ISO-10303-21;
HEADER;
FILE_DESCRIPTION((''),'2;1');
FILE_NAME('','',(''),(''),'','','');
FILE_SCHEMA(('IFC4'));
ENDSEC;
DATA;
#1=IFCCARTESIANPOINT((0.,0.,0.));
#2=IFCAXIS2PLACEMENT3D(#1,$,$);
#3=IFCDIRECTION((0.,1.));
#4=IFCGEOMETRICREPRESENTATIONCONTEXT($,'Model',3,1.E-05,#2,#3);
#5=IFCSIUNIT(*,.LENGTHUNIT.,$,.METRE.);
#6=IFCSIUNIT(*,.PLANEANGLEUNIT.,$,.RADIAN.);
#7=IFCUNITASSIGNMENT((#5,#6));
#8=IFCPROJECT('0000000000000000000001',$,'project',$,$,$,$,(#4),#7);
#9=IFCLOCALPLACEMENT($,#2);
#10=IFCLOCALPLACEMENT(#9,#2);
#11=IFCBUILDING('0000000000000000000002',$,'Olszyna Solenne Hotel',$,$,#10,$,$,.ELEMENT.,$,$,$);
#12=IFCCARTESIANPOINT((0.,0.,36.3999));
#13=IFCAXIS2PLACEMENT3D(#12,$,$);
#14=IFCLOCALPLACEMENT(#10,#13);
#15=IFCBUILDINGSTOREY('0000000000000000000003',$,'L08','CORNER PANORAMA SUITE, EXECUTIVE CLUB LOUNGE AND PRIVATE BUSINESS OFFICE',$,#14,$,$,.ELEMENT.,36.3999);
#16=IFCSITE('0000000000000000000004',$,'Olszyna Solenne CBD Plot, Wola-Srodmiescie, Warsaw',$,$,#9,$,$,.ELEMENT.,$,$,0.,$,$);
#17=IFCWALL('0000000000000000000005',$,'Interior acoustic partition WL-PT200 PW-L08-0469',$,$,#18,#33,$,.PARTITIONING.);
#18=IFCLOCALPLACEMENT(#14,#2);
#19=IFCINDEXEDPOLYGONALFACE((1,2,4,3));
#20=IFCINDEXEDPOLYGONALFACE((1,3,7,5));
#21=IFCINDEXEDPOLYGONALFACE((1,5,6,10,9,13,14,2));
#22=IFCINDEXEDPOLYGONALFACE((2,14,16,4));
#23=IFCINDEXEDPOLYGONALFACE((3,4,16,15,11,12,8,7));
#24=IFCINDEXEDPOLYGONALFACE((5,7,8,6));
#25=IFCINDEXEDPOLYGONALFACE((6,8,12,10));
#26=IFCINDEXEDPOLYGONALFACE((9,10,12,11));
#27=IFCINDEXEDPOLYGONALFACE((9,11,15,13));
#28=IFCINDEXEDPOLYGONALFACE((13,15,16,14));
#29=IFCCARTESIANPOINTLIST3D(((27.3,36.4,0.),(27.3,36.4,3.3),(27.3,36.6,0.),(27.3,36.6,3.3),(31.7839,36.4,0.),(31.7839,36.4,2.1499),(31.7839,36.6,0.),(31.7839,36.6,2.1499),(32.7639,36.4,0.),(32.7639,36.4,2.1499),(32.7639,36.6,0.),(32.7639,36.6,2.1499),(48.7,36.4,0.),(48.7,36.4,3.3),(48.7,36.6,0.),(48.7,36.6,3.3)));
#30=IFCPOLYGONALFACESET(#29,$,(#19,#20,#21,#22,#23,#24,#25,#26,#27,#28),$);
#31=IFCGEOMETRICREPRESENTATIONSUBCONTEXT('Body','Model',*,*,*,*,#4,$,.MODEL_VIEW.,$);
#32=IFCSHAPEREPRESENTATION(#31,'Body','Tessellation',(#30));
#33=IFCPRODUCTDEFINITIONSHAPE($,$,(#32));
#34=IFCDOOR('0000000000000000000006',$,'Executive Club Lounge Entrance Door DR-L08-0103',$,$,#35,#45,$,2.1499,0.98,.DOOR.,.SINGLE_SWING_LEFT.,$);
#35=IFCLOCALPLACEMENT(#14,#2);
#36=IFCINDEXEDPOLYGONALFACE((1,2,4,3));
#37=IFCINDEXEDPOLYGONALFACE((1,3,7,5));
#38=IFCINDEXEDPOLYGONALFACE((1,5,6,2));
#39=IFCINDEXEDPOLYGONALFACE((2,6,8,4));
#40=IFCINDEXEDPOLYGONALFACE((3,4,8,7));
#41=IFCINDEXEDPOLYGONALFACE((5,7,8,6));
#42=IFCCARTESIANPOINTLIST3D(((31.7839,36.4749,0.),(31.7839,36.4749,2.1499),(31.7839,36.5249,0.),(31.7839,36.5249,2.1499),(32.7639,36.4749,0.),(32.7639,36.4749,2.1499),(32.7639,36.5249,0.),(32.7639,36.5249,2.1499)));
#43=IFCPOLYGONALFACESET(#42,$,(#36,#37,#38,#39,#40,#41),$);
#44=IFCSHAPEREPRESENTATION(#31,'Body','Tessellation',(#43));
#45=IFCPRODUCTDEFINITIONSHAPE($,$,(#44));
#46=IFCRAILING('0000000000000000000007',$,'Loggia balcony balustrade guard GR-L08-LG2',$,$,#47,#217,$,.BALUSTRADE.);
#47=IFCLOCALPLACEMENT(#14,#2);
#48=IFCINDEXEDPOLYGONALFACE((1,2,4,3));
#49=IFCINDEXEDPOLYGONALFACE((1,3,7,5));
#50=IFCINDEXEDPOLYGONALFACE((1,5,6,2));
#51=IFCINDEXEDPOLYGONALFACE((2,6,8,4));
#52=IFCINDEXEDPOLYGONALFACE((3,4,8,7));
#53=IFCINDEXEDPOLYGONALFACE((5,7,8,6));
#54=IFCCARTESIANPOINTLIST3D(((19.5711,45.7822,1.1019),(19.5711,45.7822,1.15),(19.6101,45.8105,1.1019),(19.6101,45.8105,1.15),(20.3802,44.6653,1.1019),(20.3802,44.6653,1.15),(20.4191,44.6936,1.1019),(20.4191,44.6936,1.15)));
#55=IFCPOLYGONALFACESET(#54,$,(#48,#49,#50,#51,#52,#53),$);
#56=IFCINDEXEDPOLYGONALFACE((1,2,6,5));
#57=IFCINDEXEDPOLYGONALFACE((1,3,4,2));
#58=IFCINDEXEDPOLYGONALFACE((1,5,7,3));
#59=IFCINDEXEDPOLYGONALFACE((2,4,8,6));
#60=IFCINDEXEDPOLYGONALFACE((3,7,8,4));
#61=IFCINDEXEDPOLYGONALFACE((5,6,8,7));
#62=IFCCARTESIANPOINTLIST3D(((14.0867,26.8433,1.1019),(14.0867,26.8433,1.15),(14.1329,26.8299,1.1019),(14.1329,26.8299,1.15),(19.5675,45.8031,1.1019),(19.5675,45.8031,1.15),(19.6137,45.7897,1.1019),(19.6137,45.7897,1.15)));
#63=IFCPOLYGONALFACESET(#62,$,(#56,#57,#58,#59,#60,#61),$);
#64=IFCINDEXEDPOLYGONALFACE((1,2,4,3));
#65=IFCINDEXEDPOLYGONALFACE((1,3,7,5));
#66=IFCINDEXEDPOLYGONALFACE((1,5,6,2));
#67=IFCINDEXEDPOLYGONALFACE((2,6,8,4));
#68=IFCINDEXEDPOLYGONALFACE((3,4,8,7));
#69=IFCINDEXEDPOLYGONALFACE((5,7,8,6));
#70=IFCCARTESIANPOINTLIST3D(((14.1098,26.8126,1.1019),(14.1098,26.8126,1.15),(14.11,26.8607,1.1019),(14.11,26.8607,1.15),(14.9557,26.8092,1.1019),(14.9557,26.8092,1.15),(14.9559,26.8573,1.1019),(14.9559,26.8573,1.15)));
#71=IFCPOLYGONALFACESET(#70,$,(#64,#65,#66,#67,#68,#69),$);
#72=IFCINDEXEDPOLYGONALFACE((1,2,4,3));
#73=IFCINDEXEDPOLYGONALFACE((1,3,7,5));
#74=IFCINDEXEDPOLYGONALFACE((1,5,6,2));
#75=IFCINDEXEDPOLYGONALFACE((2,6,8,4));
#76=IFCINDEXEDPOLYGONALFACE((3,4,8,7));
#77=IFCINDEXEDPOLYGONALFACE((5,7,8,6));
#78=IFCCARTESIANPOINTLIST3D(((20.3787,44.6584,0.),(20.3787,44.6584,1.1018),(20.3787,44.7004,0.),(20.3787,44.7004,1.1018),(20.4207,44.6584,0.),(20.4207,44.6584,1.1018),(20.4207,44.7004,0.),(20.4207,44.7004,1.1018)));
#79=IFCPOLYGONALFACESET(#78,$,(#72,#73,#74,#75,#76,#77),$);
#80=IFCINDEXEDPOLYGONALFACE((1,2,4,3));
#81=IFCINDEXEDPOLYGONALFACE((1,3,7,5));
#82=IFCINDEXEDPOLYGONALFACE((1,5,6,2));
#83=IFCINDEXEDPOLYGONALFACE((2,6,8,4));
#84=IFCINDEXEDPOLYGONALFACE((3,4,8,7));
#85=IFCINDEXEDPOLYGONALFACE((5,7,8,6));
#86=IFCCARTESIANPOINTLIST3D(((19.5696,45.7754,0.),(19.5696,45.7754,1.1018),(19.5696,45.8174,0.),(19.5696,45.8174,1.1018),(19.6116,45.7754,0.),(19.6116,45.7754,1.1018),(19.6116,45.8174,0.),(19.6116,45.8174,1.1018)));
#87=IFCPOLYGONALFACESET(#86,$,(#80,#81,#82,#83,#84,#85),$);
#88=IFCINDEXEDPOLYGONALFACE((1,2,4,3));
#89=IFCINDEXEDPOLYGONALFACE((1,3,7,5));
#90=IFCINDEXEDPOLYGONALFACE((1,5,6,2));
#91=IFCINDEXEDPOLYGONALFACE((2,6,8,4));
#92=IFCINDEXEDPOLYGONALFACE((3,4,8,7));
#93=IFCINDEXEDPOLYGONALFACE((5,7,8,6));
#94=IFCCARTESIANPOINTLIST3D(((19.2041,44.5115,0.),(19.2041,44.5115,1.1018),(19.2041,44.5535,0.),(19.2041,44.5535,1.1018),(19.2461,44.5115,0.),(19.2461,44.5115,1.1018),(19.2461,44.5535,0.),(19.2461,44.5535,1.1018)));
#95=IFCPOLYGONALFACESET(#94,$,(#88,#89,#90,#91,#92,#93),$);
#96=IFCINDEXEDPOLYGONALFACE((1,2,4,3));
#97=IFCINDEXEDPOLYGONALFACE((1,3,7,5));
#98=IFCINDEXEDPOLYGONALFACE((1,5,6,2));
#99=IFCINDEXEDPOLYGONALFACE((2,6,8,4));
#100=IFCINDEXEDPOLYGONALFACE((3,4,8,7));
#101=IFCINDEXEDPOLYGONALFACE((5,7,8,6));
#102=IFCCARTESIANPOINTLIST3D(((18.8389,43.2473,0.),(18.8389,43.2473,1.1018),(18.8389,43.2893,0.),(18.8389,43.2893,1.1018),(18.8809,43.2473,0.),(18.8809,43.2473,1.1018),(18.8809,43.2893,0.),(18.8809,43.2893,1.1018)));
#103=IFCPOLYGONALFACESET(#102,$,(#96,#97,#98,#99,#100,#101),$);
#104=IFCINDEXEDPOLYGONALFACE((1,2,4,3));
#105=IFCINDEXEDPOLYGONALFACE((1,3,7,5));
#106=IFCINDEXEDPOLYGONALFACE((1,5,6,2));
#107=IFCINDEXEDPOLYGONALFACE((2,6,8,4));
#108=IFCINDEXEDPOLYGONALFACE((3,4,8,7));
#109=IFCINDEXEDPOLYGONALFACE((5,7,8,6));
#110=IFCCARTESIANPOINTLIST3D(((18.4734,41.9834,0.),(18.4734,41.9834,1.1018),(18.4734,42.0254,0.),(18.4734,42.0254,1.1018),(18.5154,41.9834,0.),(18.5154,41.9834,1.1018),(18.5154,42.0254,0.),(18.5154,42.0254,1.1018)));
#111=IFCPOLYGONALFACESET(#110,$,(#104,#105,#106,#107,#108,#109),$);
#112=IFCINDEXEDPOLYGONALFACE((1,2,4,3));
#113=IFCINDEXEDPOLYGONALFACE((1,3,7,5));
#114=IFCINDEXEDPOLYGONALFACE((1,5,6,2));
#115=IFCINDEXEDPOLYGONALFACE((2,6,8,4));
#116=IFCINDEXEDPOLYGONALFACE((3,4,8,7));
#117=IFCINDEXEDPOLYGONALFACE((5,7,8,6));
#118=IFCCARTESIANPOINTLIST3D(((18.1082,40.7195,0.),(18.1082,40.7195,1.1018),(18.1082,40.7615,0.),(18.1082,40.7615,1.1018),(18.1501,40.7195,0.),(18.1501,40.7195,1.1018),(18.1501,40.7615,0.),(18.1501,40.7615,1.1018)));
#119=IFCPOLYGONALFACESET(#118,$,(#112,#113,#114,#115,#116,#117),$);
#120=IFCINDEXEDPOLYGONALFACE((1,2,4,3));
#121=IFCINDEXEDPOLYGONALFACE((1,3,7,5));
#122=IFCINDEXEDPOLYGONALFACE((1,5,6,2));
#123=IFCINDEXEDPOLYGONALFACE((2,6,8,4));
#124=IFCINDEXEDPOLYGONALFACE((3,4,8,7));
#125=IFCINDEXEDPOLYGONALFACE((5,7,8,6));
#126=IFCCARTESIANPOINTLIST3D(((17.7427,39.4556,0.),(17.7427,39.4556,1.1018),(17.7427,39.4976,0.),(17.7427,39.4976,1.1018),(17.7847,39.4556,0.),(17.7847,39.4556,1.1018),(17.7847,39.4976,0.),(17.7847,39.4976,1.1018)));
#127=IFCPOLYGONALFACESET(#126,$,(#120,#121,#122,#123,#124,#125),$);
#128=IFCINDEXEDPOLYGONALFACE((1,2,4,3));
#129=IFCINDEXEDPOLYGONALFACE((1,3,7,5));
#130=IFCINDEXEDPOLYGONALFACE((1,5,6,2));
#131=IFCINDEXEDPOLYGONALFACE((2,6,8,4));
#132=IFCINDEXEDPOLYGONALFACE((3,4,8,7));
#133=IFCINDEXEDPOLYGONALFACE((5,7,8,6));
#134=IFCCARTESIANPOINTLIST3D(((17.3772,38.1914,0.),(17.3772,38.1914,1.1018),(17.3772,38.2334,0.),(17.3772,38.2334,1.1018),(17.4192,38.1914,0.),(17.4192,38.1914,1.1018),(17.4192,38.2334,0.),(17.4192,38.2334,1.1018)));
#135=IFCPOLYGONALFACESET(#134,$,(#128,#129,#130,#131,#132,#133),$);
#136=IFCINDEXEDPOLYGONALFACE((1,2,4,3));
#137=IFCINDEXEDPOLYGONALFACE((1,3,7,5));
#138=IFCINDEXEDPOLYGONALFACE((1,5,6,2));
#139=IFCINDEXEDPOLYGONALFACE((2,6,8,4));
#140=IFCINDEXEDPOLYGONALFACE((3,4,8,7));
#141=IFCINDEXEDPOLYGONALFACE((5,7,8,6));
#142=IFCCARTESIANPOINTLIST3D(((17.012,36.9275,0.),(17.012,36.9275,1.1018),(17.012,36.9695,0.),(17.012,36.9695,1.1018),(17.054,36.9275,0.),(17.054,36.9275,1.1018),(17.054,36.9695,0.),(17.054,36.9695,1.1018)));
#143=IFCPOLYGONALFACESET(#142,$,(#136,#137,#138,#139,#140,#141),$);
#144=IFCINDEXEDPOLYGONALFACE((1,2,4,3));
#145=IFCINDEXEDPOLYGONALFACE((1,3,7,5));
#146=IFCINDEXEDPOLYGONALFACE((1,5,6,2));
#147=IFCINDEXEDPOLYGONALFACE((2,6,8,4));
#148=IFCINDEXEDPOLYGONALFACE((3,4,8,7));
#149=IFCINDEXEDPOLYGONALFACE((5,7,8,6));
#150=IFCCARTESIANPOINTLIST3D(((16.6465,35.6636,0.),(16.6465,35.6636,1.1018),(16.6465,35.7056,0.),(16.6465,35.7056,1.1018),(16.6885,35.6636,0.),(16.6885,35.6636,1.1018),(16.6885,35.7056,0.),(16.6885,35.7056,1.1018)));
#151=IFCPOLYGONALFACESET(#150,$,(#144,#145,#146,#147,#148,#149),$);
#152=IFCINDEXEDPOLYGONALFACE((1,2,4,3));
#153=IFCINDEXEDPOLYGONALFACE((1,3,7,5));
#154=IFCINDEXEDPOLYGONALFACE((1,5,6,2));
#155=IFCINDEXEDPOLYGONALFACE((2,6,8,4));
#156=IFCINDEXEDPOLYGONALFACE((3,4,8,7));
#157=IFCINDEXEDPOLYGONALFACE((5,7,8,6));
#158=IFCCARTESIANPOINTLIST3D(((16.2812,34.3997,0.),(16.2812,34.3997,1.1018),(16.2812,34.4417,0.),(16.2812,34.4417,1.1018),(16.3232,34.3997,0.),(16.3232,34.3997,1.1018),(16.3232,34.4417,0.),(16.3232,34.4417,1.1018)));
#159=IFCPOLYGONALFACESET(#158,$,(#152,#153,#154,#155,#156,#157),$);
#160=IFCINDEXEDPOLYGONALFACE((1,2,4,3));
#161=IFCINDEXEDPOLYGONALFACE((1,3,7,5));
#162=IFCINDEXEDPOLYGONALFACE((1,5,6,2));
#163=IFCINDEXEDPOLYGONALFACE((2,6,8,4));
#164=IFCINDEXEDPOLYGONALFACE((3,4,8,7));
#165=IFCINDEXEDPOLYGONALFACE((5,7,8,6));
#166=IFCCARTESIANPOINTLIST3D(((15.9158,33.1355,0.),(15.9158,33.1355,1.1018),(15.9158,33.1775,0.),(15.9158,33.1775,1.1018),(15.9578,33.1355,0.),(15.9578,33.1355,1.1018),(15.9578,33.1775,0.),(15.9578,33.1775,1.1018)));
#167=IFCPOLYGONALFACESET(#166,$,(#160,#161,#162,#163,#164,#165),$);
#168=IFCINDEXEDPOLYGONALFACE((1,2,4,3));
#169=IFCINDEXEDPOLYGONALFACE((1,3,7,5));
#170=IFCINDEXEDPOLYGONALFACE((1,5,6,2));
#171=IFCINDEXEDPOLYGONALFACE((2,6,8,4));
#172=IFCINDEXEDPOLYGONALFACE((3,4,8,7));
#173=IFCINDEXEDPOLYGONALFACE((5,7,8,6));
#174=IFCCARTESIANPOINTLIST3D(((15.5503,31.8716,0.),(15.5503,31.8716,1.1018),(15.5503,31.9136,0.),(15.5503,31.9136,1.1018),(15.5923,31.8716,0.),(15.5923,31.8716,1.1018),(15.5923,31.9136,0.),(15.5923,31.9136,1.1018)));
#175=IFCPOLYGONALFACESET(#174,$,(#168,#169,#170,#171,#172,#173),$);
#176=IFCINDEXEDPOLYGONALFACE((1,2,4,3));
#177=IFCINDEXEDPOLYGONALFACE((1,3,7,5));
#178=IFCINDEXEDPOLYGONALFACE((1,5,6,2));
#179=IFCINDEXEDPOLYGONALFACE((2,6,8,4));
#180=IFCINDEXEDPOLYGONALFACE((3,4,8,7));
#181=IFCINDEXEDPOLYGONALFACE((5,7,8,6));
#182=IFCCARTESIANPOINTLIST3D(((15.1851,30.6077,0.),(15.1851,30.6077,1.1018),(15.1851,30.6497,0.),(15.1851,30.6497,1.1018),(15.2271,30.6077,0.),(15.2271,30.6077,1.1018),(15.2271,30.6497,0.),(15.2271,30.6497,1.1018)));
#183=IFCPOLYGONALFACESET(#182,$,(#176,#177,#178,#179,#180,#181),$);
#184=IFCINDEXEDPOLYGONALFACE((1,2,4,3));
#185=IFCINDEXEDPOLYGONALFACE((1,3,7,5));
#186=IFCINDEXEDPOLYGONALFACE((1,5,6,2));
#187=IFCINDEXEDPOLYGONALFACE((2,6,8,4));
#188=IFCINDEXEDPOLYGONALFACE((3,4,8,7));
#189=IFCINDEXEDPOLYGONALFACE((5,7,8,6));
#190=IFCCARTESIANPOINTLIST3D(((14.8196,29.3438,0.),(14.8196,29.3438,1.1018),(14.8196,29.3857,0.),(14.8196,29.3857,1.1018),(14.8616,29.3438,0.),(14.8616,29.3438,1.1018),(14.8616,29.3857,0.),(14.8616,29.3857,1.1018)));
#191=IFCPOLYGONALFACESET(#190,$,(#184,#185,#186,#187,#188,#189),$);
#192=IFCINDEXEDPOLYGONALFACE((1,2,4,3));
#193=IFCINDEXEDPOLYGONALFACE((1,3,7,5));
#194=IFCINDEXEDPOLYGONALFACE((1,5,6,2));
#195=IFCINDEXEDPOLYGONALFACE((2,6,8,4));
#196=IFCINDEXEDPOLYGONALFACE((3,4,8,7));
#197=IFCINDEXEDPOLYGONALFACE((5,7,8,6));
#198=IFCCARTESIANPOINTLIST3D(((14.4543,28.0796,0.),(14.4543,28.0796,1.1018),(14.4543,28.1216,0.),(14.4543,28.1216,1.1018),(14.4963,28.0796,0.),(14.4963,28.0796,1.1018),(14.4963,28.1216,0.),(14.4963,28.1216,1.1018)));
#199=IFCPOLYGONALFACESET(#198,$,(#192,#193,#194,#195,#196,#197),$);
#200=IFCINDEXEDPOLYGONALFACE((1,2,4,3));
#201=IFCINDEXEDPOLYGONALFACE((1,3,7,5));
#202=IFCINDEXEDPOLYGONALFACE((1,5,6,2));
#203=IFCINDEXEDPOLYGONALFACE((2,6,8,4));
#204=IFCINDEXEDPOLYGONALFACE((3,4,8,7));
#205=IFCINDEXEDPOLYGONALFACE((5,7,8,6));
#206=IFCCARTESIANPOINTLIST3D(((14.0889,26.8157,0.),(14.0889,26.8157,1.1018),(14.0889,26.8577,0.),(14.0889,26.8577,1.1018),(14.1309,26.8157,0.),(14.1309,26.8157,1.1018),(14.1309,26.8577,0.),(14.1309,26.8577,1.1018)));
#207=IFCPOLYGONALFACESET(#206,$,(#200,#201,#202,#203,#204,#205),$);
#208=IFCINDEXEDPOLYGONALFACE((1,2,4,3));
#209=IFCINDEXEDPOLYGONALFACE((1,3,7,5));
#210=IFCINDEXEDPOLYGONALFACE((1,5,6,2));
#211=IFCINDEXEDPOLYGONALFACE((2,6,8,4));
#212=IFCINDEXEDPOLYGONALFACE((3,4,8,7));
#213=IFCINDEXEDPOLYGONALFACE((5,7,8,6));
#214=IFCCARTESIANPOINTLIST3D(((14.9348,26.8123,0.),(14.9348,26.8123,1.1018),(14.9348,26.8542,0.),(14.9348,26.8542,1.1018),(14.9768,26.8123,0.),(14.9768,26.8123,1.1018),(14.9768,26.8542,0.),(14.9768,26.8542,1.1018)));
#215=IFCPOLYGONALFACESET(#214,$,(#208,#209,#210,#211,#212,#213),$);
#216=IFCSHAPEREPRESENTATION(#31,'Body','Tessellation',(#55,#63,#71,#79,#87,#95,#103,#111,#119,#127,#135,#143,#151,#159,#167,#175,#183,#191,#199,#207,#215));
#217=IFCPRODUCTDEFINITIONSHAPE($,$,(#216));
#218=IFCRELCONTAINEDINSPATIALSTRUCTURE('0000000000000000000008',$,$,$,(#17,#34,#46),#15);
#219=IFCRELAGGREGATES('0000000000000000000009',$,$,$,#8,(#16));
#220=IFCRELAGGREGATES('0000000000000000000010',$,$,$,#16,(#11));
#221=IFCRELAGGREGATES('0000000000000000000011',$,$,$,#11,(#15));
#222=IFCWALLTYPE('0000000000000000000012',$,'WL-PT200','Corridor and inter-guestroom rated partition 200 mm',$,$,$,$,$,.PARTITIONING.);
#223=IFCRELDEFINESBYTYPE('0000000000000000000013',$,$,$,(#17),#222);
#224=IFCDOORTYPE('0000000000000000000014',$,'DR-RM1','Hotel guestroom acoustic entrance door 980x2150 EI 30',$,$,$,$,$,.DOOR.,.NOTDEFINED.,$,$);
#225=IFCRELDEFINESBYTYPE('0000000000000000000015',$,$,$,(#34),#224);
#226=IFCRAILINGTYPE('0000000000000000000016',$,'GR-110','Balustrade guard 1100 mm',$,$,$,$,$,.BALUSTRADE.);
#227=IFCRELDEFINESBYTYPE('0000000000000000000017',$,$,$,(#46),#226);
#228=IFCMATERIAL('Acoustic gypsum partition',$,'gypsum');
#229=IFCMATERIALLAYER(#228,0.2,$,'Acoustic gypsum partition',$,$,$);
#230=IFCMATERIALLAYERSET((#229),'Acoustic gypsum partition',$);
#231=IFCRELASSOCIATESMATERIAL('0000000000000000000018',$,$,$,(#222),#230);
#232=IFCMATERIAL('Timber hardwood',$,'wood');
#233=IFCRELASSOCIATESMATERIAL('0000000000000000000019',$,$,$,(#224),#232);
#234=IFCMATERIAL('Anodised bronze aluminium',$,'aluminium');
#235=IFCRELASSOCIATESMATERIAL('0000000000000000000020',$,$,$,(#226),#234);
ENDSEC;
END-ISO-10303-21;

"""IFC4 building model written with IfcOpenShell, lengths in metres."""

from ifc_helpers import new_model, si_unit, direction, frame, frame_2d, origin, origin_2d, place, context, subcontext, project, spatial, rectangle, extrude, source, transform, mapped, material, layer, layer_set, type_object, type_shapes, element, fill, save


model = new_model("IFC4")

# Units and contexts
model_context = context("Model", 3, precision=1e-05, world=origin(), true_north=direction((0.0, 1.0)))
body_context = subcontext(model_context, "Body", "Model", "MODEL_VIEW")
ifc_project = project(units=[si_unit("LENGTHUNIT", "METRE"), si_unit("PLANEANGLEUNIT", "RADIAN")], contexts=[model_context])

# Site, building, storey
site_placement = place(None, origin())
site = spatial("IfcSite", under=ifc_project, at=site_placement, Name="Olszyna Solenne CBD Plot, Wola-Srodmiescie, Warsaw", CompositionType="ELEMENT", RefElevation=0.0)
building_placement = place(site_placement, origin())
building = spatial("IfcBuilding", under=site, at=building_placement, Name="Olszyna Solenne Hotel", CompositionType="ELEMENT")
storey_placement = place(building_placement, frame((0.0, 0.0, 36.3999)))
storey = spatial("IfcBuildingStorey", under=building, at=storey_placement, Name="L08", Description="CORNER PANORAMA SUITE, EXECUTIVE CLUB LOUNGE AND PRIVATE BUSINESS OFFICE", CompositionType="ELEMENT", Elevation=36.3999)

# Shared definitions
ifc_material_1 = material(Name="Anodised bronze aluminium", Category="aluminium")

# Wall, opening, door
ifc_material_2 = material(Name="Acoustic gypsum partition", Category="gypsum")
ifc_layer_1 = layer(ifc_material_2, 0.2, Name="Acoustic gypsum partition")
ifc_layer_set_1 = layer_set([ifc_layer_1], Name="Acoustic gypsum partition")
wall_type_1 = type_object("IfcWallType", Name="WL-PT200", Description="Corridor and inter-guestroom rated partition 200 mm", PredefinedType="PARTITIONING", material=ifc_layer_set_1)
wall_1_placement = place(storey_placement, frame((27.3, 36.5, 0.0), z_axis=(0.0, 0.0, 1.0), x_axis=(1.0, 0.0, 0.0)))
wall_1 = element("IfcWall", 1, at=wall_1_placement, inside=storey, type_object=wall_type_1, Name="Interior acoustic partition WL-PT200 PW-L08-0469", PredefinedType="PARTITIONING", context=body_context, shape_type="SweptSolid", body=[
    extrude(rectangle(XDim=21.3999, YDim=0.2, at=frame_2d((10.7, 0.0))), origin(), (0.0, 0.0, 1.0), 3.3),
])
opening_1_placement = place(wall_1_placement, frame((4.4839, 0.0, 0.0)))
opening_1 = element("IfcOpeningElement", 2, at=opening_1_placement, cuts=wall_1, PredefinedType="OPENING", context=body_context, shape_type="SweptSolid", body=[
    extrude(rectangle(XDim=0.98, YDim=2.1499, at=frame_2d((0.49, 1.075))), frame((0.0, 0.1099, 0.0), z_axis=(0.0, -1.0, 0.0), x_axis=(1.0, 0.0, 0.0)), (0.0, 0.0, 1.0), 0.22),
])
ifc_material_3 = material(Name="Timber hardwood", Category="wood")
door_type_1 = type_object("IfcDoorType", Name="DR-RM1", Description="Hotel guestroom acoustic entrance door 980x2150 EI 30", OperationType="NOTDEFINED", PredefinedType="DOOR", material=ifc_material_3)
shared_shape_1 = source(origin(), body_context, "Body", "SweptSolid", [
    extrude(rectangle(XDim=0.98, YDim=2.1499, at=frame_2d((0.49, 1.075))), frame((0.0, 0.0249, 0.0), z_axis=(0.0, -1.0, 0.0), x_axis=(1.0, 0.0, 0.0)), (0.0, 0.0, 1.0), 0.05),
])
type_shapes(door_type_1, [shared_shape_1])
door_1_placement = place(opening_1_placement, origin())
door_1 = element("IfcDoor", 3, at=door_1_placement, inside=storey, type_object=door_type_1, Name="Executive Club Lounge Entrance Door DR-L08-0103", OperationType="SINGLE_SWING_LEFT", OverallHeight=2.1499, OverallWidth=0.98, PredefinedType="DOOR", context=body_context, shape_type="MappedRepresentation", body=[
    mapped(shared_shape_1, transform((0.0, 0.0, 0.0), x_axis=(1.0, 0.0, 0.0), y_axis=(0.0, 1.0, 0.0), z_axis=(0.0, 0.0, 1.0), scale=1.0)),
])
fill(opening_1, door_1)

# Railing
railing_type = type_object("IfcRailingType", Name="GR-110", Description="Balustrade guard 1100 mm", PredefinedType="BALUSTRADE", material=ifc_material_1)
railing_1_placement = place(storey_placement, frame((20.3997, 44.6794, 0.0)))
element("IfcRailing", 4, at=railing_1_placement, inside=storey, type_object=railing_type, Name="Loggia balcony balustrade guard GR-L08-LG2", PredefinedType="BALUSTRADE", context=body_context, shape_type="SweptSolid", body=[
    extrude(rectangle(XDim=0.0481, YDim=0.0481, at=origin_2d()), frame((0.0, 0.0, 1.126), z_axis=(-0.586634, 0.809852, 0.0), x_axis=(-0.809852, -0.586634, 0.0)), (0.0, 0.0, 1.0), 1.3792),
    extrude(rectangle(XDim=0.0481, YDim=0.0481, at=origin_2d()), frame((-0.8091, 1.1169, 1.126), z_axis=(-0.277702, -0.960667, 0.0), x_axis=(0.960667, -0.277702, 0.0)), (0.0, 0.0, 1.0), 19.7361),
    extrude(rectangle(XDim=0.0481, YDim=0.0481, at=origin_2d()), frame((-6.2898, -17.8428, 1.126), z_axis=(0.999992, -0.00404, 0.0), x_axis=(0.00404, 0.999992, 0.0)), (0.0, 0.0, 1.0), 0.8459),
    extrude(rectangle(XDim=0.042, YDim=0.042, at=origin_2d()), origin(), (0.0, 0.0, 1.0), 1.1018),
    extrude(rectangle(XDim=0.042, YDim=0.042, at=origin_2d()), frame((-0.8091, 1.1169, 0.0)), (0.0, 0.0, 1.0), 1.1018),
    extrude(rectangle(XDim=0.042, YDim=0.042, at=origin_2d()), frame((-1.1746, -0.147, 0.0)), (0.0, 0.0, 1.0), 1.1018),
    extrude(rectangle(XDim=0.042, YDim=0.042, at=origin_2d()), frame((-1.5398, -1.4111, 0.0)), (0.0, 0.0, 1.0), 1.1018),
    extrude(rectangle(XDim=0.042, YDim=0.042, at=origin_2d()), frame((-1.9053, -2.675, 0.0)), (0.0, 0.0, 1.0), 1.1018),
    extrude(rectangle(XDim=0.042, YDim=0.042, at=origin_2d()), frame((-2.2705, -3.939, 0.0)), (0.0, 0.0, 1.0), 1.1018),
    extrude(rectangle(XDim=0.042, YDim=0.042, at=origin_2d()), frame((-2.636, -5.2029, 0.0)), (0.0, 0.0, 1.0), 1.1018),
    extrude(rectangle(XDim=0.042, YDim=0.042, at=origin_2d()), frame((-3.0015, -6.467, 0.0)), (0.0, 0.0, 1.0), 1.1018),
    extrude(rectangle(XDim=0.042, YDim=0.042, at=origin_2d()), frame((-3.3667, -7.731, 0.0)), (0.0, 0.0, 1.0), 1.1018),
    extrude(rectangle(XDim=0.042, YDim=0.042, at=origin_2d()), frame((-3.7322, -8.9949, 0.0)), (0.0, 0.0, 1.0), 1.1018),
    extrude(rectangle(XDim=0.042, YDim=0.042, at=origin_2d()), frame((-4.0974, -10.2588, 0.0)), (0.0, 0.0, 1.0), 1.1018),
    extrude(rectangle(XDim=0.042, YDim=0.042, at=origin_2d()), frame((-4.4629, -11.5229, 0.0)), (0.0, 0.0, 1.0), 1.1018),
    extrude(rectangle(XDim=0.042, YDim=0.042, at=origin_2d()), frame((-4.8284, -12.7869, 0.0)), (0.0, 0.0, 1.0), 1.1018),
    extrude(rectangle(XDim=0.042, YDim=0.042, at=origin_2d()), frame((-5.1936, -14.0508, 0.0)), (0.0, 0.0, 1.0), 1.1018),
    extrude(rectangle(XDim=0.042, YDim=0.042, at=origin_2d()), frame((-5.5591, -15.3147, 0.0)), (0.0, 0.0, 1.0), 1.1018),
    extrude(rectangle(XDim=0.042, YDim=0.042, at=origin_2d()), frame((-5.9243, -16.5789, 0.0)), (0.0, 0.0, 1.0), 1.1018),
    extrude(rectangle(XDim=0.042, YDim=0.042, at=origin_2d()), frame((-6.2898, -17.8428, 0.0)), (0.0, 0.0, 1.0), 1.1018),
    extrude(rectangle(XDim=0.042, YDim=0.042, at=origin_2d()), frame((-5.4438, -17.8462, 0.0)), (0.0, 0.0, 1.0), 1.1018),
])

save(model, "model.ifc")
